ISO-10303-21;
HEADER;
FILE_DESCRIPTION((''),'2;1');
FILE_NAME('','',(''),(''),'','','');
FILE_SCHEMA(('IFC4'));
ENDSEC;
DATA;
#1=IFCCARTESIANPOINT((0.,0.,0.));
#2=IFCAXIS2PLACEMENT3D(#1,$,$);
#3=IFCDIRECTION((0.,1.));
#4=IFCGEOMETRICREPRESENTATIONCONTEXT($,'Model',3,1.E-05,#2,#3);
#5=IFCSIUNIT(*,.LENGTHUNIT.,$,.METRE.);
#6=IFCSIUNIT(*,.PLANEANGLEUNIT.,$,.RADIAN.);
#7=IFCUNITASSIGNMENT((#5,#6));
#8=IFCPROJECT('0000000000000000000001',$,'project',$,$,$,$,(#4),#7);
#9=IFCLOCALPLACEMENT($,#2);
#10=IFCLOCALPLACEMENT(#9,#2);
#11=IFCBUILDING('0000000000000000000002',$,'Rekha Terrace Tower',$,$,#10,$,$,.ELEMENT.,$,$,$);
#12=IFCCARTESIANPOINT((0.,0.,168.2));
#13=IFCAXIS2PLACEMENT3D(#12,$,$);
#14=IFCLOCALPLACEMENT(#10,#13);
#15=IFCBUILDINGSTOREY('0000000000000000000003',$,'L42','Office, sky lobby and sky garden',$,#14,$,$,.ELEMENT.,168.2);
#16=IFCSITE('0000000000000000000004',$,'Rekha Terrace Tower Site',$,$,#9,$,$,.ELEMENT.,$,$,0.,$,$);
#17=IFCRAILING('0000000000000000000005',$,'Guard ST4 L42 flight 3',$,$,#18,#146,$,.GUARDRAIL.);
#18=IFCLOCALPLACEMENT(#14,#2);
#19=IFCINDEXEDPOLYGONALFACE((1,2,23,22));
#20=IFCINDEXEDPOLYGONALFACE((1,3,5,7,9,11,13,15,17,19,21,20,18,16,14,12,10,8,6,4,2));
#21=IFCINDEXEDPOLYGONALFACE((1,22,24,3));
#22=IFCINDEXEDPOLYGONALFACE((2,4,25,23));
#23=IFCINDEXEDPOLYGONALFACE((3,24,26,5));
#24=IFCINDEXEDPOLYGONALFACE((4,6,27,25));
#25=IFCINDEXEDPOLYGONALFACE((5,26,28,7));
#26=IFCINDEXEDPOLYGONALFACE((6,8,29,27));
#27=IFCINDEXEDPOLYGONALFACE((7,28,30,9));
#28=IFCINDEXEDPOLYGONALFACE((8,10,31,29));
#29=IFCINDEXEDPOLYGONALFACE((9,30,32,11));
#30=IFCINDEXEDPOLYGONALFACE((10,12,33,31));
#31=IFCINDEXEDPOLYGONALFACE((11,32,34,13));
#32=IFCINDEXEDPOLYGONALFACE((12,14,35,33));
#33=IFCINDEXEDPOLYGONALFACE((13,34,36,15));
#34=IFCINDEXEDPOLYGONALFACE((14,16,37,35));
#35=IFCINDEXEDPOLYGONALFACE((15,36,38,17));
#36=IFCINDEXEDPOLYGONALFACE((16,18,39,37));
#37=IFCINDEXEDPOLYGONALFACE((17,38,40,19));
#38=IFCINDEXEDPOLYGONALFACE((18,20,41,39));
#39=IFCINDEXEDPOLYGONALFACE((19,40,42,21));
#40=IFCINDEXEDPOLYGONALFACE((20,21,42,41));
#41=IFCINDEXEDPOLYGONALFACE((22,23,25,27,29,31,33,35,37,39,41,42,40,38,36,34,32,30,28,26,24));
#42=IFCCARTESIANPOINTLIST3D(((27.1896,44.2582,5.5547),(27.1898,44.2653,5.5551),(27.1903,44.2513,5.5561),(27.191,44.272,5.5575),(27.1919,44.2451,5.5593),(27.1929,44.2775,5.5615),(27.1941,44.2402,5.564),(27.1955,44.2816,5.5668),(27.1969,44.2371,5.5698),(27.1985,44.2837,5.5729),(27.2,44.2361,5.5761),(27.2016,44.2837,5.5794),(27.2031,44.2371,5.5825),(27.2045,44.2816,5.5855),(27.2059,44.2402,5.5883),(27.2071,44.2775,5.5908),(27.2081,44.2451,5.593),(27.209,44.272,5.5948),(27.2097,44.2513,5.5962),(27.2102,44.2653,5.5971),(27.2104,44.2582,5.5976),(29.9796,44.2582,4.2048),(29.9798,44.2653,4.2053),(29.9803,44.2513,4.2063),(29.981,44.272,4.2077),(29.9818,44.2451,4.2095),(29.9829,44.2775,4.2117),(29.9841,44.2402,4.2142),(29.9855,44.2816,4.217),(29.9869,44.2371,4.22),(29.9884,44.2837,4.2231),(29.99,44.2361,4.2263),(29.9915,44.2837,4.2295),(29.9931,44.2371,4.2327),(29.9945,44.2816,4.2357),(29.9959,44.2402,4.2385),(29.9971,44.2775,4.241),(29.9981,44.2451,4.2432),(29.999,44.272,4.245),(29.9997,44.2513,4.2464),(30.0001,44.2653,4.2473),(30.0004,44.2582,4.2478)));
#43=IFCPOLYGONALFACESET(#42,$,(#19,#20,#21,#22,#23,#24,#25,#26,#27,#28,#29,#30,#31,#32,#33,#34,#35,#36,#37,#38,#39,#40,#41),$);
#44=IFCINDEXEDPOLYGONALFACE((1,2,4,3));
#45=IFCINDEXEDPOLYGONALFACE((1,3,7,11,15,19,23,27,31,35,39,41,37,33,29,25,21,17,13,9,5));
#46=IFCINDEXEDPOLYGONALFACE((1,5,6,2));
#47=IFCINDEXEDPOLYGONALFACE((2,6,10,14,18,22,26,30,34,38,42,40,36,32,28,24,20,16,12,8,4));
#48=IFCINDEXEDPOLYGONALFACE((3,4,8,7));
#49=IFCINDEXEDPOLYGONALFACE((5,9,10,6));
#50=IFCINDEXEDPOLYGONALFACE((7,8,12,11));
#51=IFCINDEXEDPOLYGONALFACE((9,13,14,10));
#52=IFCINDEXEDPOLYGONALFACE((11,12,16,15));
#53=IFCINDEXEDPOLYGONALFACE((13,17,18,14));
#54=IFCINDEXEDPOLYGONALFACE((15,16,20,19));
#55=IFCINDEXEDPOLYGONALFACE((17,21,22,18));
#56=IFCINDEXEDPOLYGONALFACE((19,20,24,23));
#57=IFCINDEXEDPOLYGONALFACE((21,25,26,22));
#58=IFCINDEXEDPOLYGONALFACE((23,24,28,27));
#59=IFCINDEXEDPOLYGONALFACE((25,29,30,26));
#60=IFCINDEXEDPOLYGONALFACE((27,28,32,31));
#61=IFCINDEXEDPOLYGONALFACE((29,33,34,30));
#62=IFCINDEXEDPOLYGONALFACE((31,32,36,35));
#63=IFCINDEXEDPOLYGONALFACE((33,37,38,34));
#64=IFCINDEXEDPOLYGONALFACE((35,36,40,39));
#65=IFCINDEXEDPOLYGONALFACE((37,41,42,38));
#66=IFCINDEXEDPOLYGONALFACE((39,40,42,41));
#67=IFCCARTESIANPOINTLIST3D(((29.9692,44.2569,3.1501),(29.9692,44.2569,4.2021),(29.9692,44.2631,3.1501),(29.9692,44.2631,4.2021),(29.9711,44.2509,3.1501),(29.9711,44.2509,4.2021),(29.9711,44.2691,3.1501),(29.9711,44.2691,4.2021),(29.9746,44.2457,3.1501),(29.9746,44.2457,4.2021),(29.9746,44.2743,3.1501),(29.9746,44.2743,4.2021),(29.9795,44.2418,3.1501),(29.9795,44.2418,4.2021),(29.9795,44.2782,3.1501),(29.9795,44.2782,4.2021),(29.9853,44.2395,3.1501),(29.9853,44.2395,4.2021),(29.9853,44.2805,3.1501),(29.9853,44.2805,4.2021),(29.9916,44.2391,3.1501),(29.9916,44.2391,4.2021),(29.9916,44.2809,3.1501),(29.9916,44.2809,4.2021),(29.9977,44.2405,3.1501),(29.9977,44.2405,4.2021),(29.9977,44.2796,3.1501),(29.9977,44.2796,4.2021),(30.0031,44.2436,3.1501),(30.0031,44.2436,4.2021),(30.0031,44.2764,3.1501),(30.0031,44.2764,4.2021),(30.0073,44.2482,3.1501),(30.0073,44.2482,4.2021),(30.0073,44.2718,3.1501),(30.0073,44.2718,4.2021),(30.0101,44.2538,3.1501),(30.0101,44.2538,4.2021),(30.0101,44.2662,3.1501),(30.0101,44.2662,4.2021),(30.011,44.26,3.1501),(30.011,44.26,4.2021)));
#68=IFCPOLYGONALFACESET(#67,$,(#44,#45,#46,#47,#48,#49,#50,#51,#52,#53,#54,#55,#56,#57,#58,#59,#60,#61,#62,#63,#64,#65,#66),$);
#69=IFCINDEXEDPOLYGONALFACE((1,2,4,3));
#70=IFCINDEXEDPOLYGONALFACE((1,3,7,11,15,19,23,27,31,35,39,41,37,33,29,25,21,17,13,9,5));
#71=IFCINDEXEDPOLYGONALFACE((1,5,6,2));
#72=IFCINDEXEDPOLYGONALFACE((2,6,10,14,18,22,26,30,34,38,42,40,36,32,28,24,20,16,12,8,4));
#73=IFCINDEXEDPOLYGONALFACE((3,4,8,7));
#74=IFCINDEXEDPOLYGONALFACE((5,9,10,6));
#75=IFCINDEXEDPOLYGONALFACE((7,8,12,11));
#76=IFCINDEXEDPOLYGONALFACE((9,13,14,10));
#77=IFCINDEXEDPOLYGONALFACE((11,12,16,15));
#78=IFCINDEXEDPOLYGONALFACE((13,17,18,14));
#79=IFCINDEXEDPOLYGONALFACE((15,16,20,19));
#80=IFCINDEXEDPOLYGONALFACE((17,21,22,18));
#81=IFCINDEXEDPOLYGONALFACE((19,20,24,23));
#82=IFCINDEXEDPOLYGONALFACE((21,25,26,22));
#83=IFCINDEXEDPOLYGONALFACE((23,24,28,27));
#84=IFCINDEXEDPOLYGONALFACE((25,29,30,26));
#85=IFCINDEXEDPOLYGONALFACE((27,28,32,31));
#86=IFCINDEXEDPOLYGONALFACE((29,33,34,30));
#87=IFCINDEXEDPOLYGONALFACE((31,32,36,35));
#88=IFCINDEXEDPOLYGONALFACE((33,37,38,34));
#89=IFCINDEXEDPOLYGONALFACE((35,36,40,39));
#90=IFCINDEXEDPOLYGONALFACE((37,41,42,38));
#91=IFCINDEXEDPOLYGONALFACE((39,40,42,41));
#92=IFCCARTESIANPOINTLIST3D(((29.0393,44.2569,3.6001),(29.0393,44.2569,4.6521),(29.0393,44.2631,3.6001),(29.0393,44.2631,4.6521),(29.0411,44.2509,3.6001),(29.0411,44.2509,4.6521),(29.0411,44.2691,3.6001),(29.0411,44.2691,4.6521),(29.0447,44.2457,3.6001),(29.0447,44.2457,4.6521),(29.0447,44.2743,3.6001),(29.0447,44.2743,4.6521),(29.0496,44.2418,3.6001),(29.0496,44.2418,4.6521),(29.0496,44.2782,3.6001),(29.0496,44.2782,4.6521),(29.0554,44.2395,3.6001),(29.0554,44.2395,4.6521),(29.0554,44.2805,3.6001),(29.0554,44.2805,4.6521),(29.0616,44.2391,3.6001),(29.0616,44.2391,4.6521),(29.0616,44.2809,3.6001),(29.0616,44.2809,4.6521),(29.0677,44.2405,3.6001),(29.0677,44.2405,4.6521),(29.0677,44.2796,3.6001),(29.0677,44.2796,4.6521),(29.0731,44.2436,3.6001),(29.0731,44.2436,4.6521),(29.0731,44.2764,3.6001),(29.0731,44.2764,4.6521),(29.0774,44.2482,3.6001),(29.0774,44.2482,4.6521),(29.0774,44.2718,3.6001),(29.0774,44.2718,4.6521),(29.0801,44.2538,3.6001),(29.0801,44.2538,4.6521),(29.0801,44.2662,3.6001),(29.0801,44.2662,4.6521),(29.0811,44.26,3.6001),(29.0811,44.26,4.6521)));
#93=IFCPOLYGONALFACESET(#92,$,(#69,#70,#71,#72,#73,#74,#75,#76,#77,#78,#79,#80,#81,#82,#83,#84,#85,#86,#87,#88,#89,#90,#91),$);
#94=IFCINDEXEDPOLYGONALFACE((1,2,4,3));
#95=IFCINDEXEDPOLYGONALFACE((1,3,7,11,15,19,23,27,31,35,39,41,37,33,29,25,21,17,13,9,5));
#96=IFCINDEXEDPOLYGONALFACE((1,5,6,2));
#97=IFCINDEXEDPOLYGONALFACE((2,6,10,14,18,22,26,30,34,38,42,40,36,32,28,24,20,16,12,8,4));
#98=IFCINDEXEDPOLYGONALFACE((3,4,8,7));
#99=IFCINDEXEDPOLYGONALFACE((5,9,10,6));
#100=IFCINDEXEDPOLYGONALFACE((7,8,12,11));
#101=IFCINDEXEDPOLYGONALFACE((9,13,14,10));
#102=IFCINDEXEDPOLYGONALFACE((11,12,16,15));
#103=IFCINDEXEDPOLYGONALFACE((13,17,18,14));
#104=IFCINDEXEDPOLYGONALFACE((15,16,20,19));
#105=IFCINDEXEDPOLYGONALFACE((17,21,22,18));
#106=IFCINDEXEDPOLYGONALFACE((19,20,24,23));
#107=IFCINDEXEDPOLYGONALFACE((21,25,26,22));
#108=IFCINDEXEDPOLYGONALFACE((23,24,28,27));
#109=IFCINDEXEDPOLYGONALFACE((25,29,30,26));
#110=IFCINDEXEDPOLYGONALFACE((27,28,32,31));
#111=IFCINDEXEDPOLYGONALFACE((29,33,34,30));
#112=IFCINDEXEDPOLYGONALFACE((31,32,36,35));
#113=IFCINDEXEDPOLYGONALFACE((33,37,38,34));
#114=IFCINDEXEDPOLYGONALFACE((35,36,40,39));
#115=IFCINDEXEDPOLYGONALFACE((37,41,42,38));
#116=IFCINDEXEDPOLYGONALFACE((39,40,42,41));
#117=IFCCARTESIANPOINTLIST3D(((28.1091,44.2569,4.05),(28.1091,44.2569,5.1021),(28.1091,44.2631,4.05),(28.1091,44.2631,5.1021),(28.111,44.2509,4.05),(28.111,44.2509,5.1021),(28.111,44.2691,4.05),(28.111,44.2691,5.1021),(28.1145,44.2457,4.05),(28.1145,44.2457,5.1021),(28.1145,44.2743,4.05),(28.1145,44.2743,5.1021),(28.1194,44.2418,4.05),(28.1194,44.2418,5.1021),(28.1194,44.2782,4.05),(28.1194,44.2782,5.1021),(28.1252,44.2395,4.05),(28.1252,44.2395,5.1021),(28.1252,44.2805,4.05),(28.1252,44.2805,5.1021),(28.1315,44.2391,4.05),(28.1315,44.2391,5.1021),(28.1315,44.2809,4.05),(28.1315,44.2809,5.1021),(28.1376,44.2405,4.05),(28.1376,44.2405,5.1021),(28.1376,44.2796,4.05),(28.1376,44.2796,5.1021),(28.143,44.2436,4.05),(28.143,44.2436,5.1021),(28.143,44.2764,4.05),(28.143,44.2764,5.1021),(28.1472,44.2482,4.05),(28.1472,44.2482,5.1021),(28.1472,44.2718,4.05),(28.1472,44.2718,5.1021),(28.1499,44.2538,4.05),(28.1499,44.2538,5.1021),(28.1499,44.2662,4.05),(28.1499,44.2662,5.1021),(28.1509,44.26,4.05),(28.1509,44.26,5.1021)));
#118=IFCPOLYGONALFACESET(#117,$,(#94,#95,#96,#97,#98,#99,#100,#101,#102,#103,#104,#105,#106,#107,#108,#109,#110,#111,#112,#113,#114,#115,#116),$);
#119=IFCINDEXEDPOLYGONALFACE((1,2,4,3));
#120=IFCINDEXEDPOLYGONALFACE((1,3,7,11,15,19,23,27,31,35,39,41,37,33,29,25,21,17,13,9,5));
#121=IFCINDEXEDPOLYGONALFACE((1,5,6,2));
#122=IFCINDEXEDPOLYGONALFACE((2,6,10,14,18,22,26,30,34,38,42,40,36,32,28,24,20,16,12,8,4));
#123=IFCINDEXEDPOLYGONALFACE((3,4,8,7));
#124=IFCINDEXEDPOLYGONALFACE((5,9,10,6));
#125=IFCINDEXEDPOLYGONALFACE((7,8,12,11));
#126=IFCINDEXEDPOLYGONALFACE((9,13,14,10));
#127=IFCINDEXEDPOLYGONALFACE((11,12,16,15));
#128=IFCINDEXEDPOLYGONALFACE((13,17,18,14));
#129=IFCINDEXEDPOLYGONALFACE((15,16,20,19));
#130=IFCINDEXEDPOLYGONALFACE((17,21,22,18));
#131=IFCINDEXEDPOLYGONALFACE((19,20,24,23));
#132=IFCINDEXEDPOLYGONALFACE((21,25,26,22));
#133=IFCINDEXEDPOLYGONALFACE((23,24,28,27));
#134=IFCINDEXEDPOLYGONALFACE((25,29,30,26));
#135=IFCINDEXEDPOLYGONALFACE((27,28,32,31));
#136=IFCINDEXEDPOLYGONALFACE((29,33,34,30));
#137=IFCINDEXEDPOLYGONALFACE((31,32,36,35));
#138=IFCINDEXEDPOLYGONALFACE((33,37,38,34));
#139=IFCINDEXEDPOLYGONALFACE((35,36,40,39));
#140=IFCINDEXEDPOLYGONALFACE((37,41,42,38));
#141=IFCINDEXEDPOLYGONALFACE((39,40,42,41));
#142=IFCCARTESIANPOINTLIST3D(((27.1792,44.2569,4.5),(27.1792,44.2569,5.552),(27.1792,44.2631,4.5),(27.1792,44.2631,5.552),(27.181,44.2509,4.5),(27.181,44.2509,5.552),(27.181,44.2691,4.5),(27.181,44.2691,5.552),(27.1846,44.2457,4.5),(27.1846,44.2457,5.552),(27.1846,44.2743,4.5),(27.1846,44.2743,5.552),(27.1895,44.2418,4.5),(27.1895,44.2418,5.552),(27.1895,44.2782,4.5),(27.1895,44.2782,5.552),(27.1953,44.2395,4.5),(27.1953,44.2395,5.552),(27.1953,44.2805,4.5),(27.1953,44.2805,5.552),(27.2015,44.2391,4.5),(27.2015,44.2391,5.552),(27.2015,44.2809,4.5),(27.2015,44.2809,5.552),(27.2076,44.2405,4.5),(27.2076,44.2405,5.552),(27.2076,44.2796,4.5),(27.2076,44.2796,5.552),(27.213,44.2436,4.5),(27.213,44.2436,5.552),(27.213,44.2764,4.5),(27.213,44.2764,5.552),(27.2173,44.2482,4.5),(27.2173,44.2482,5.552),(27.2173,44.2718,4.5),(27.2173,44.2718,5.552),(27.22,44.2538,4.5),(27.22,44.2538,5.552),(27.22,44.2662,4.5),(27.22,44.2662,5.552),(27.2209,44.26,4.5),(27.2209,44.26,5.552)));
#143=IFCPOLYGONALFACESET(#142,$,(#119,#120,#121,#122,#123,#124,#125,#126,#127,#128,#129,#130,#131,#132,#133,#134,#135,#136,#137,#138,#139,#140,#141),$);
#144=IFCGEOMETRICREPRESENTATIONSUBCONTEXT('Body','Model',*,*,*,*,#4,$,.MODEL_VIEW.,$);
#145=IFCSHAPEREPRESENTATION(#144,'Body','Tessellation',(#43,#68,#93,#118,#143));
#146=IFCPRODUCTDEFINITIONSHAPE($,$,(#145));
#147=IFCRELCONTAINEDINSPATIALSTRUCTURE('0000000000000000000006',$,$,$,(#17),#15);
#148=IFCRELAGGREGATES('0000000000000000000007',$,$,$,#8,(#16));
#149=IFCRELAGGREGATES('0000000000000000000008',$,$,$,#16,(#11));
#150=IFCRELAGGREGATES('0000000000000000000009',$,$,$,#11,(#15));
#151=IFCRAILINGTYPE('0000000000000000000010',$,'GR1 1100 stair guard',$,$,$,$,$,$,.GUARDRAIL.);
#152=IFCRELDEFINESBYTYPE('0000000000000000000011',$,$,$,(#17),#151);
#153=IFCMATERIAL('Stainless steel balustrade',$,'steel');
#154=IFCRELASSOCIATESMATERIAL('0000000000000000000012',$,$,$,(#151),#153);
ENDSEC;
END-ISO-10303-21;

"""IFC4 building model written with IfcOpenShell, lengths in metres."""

from ifc_helpers import new_model, si_unit, direction, frame, origin, origin_2d, place, context, subcontext, project, spatial, circle, extrude, material, type_object, element, save


model = new_model("IFC4")

# Units and contexts
model_context = context("Model", 3, precision=1e-05, world=origin(), true_north=direction((0.0, 1.0)))
body_context = subcontext(model_context, "Body", "Model", "MODEL_VIEW")
ifc_project = project(units=[si_unit("LENGTHUNIT", "METRE"), si_unit("PLANEANGLEUNIT", "RADIAN")], contexts=[model_context])

# Site, building, storey
site_placement = place(None, origin())
site = spatial("IfcSite", under=ifc_project, at=site_placement, Name="Rekha Terrace Tower Site", CompositionType="ELEMENT", RefElevation=0.0)
building_placement = place(site_placement, origin())
building = spatial("IfcBuilding", under=site, at=building_placement, Name="Rekha Terrace Tower", CompositionType="ELEMENT")
storey_placement = place(building_placement, frame((0.0, 0.0, 168.2)))
storey = spatial("IfcBuildingStorey", under=building, at=storey_placement, Name="L42", Description="Office, sky lobby and sky garden", CompositionType="ELEMENT", Elevation=168.2)

# Railing
ifc_material_1 = material(Name="Stainless steel balustrade", Category="steel")
railing_type_1 = type_object("IfcRailingType", Name="GR1 1100 stair guard", PredefinedType="GUARDRAIL", material=ifc_material_1)
railing_1_placement = place(storey_placement, frame((29.99, 44.26, 3.1501)))
element("IfcRailing", 1, at=railing_1_placement, inside=storey, type_object=railing_type_1, Name="Guard ST4 L42 flight 3", PredefinedType="GUARDRAIL", context=body_context, shape_type="SweptSolid", body=[
    extrude(circle(Radius=0.0239, at=origin_2d()), frame((0.0, 0.0, 1.0762), z_axis=(-0.90018, 0.0, 0.435518), x_axis=(0.0, -1.0, 0.0)), (0.0, 0.0, 1.0), 3.0994),
    extrude(circle(Radius=0.021, at=origin_2d()), origin(), (0.0, 0.0, 1.0), 1.052),
    extrude(circle(Radius=0.021, at=origin_2d()), frame((-0.9299, 0.0, 0.45)), (0.0, 0.0, 1.0), 1.052),
    extrude(circle(Radius=0.021, at=origin_2d()), frame((-1.8601, 0.0, 0.8999)), (0.0, 0.0, 1.0), 1.052),
    extrude(circle(Radius=0.021, at=origin_2d()), frame((-2.79, 0.0, 1.3499)), (0.0, 0.0, 1.0), 1.052),
])

save(model, "model.ifc")
